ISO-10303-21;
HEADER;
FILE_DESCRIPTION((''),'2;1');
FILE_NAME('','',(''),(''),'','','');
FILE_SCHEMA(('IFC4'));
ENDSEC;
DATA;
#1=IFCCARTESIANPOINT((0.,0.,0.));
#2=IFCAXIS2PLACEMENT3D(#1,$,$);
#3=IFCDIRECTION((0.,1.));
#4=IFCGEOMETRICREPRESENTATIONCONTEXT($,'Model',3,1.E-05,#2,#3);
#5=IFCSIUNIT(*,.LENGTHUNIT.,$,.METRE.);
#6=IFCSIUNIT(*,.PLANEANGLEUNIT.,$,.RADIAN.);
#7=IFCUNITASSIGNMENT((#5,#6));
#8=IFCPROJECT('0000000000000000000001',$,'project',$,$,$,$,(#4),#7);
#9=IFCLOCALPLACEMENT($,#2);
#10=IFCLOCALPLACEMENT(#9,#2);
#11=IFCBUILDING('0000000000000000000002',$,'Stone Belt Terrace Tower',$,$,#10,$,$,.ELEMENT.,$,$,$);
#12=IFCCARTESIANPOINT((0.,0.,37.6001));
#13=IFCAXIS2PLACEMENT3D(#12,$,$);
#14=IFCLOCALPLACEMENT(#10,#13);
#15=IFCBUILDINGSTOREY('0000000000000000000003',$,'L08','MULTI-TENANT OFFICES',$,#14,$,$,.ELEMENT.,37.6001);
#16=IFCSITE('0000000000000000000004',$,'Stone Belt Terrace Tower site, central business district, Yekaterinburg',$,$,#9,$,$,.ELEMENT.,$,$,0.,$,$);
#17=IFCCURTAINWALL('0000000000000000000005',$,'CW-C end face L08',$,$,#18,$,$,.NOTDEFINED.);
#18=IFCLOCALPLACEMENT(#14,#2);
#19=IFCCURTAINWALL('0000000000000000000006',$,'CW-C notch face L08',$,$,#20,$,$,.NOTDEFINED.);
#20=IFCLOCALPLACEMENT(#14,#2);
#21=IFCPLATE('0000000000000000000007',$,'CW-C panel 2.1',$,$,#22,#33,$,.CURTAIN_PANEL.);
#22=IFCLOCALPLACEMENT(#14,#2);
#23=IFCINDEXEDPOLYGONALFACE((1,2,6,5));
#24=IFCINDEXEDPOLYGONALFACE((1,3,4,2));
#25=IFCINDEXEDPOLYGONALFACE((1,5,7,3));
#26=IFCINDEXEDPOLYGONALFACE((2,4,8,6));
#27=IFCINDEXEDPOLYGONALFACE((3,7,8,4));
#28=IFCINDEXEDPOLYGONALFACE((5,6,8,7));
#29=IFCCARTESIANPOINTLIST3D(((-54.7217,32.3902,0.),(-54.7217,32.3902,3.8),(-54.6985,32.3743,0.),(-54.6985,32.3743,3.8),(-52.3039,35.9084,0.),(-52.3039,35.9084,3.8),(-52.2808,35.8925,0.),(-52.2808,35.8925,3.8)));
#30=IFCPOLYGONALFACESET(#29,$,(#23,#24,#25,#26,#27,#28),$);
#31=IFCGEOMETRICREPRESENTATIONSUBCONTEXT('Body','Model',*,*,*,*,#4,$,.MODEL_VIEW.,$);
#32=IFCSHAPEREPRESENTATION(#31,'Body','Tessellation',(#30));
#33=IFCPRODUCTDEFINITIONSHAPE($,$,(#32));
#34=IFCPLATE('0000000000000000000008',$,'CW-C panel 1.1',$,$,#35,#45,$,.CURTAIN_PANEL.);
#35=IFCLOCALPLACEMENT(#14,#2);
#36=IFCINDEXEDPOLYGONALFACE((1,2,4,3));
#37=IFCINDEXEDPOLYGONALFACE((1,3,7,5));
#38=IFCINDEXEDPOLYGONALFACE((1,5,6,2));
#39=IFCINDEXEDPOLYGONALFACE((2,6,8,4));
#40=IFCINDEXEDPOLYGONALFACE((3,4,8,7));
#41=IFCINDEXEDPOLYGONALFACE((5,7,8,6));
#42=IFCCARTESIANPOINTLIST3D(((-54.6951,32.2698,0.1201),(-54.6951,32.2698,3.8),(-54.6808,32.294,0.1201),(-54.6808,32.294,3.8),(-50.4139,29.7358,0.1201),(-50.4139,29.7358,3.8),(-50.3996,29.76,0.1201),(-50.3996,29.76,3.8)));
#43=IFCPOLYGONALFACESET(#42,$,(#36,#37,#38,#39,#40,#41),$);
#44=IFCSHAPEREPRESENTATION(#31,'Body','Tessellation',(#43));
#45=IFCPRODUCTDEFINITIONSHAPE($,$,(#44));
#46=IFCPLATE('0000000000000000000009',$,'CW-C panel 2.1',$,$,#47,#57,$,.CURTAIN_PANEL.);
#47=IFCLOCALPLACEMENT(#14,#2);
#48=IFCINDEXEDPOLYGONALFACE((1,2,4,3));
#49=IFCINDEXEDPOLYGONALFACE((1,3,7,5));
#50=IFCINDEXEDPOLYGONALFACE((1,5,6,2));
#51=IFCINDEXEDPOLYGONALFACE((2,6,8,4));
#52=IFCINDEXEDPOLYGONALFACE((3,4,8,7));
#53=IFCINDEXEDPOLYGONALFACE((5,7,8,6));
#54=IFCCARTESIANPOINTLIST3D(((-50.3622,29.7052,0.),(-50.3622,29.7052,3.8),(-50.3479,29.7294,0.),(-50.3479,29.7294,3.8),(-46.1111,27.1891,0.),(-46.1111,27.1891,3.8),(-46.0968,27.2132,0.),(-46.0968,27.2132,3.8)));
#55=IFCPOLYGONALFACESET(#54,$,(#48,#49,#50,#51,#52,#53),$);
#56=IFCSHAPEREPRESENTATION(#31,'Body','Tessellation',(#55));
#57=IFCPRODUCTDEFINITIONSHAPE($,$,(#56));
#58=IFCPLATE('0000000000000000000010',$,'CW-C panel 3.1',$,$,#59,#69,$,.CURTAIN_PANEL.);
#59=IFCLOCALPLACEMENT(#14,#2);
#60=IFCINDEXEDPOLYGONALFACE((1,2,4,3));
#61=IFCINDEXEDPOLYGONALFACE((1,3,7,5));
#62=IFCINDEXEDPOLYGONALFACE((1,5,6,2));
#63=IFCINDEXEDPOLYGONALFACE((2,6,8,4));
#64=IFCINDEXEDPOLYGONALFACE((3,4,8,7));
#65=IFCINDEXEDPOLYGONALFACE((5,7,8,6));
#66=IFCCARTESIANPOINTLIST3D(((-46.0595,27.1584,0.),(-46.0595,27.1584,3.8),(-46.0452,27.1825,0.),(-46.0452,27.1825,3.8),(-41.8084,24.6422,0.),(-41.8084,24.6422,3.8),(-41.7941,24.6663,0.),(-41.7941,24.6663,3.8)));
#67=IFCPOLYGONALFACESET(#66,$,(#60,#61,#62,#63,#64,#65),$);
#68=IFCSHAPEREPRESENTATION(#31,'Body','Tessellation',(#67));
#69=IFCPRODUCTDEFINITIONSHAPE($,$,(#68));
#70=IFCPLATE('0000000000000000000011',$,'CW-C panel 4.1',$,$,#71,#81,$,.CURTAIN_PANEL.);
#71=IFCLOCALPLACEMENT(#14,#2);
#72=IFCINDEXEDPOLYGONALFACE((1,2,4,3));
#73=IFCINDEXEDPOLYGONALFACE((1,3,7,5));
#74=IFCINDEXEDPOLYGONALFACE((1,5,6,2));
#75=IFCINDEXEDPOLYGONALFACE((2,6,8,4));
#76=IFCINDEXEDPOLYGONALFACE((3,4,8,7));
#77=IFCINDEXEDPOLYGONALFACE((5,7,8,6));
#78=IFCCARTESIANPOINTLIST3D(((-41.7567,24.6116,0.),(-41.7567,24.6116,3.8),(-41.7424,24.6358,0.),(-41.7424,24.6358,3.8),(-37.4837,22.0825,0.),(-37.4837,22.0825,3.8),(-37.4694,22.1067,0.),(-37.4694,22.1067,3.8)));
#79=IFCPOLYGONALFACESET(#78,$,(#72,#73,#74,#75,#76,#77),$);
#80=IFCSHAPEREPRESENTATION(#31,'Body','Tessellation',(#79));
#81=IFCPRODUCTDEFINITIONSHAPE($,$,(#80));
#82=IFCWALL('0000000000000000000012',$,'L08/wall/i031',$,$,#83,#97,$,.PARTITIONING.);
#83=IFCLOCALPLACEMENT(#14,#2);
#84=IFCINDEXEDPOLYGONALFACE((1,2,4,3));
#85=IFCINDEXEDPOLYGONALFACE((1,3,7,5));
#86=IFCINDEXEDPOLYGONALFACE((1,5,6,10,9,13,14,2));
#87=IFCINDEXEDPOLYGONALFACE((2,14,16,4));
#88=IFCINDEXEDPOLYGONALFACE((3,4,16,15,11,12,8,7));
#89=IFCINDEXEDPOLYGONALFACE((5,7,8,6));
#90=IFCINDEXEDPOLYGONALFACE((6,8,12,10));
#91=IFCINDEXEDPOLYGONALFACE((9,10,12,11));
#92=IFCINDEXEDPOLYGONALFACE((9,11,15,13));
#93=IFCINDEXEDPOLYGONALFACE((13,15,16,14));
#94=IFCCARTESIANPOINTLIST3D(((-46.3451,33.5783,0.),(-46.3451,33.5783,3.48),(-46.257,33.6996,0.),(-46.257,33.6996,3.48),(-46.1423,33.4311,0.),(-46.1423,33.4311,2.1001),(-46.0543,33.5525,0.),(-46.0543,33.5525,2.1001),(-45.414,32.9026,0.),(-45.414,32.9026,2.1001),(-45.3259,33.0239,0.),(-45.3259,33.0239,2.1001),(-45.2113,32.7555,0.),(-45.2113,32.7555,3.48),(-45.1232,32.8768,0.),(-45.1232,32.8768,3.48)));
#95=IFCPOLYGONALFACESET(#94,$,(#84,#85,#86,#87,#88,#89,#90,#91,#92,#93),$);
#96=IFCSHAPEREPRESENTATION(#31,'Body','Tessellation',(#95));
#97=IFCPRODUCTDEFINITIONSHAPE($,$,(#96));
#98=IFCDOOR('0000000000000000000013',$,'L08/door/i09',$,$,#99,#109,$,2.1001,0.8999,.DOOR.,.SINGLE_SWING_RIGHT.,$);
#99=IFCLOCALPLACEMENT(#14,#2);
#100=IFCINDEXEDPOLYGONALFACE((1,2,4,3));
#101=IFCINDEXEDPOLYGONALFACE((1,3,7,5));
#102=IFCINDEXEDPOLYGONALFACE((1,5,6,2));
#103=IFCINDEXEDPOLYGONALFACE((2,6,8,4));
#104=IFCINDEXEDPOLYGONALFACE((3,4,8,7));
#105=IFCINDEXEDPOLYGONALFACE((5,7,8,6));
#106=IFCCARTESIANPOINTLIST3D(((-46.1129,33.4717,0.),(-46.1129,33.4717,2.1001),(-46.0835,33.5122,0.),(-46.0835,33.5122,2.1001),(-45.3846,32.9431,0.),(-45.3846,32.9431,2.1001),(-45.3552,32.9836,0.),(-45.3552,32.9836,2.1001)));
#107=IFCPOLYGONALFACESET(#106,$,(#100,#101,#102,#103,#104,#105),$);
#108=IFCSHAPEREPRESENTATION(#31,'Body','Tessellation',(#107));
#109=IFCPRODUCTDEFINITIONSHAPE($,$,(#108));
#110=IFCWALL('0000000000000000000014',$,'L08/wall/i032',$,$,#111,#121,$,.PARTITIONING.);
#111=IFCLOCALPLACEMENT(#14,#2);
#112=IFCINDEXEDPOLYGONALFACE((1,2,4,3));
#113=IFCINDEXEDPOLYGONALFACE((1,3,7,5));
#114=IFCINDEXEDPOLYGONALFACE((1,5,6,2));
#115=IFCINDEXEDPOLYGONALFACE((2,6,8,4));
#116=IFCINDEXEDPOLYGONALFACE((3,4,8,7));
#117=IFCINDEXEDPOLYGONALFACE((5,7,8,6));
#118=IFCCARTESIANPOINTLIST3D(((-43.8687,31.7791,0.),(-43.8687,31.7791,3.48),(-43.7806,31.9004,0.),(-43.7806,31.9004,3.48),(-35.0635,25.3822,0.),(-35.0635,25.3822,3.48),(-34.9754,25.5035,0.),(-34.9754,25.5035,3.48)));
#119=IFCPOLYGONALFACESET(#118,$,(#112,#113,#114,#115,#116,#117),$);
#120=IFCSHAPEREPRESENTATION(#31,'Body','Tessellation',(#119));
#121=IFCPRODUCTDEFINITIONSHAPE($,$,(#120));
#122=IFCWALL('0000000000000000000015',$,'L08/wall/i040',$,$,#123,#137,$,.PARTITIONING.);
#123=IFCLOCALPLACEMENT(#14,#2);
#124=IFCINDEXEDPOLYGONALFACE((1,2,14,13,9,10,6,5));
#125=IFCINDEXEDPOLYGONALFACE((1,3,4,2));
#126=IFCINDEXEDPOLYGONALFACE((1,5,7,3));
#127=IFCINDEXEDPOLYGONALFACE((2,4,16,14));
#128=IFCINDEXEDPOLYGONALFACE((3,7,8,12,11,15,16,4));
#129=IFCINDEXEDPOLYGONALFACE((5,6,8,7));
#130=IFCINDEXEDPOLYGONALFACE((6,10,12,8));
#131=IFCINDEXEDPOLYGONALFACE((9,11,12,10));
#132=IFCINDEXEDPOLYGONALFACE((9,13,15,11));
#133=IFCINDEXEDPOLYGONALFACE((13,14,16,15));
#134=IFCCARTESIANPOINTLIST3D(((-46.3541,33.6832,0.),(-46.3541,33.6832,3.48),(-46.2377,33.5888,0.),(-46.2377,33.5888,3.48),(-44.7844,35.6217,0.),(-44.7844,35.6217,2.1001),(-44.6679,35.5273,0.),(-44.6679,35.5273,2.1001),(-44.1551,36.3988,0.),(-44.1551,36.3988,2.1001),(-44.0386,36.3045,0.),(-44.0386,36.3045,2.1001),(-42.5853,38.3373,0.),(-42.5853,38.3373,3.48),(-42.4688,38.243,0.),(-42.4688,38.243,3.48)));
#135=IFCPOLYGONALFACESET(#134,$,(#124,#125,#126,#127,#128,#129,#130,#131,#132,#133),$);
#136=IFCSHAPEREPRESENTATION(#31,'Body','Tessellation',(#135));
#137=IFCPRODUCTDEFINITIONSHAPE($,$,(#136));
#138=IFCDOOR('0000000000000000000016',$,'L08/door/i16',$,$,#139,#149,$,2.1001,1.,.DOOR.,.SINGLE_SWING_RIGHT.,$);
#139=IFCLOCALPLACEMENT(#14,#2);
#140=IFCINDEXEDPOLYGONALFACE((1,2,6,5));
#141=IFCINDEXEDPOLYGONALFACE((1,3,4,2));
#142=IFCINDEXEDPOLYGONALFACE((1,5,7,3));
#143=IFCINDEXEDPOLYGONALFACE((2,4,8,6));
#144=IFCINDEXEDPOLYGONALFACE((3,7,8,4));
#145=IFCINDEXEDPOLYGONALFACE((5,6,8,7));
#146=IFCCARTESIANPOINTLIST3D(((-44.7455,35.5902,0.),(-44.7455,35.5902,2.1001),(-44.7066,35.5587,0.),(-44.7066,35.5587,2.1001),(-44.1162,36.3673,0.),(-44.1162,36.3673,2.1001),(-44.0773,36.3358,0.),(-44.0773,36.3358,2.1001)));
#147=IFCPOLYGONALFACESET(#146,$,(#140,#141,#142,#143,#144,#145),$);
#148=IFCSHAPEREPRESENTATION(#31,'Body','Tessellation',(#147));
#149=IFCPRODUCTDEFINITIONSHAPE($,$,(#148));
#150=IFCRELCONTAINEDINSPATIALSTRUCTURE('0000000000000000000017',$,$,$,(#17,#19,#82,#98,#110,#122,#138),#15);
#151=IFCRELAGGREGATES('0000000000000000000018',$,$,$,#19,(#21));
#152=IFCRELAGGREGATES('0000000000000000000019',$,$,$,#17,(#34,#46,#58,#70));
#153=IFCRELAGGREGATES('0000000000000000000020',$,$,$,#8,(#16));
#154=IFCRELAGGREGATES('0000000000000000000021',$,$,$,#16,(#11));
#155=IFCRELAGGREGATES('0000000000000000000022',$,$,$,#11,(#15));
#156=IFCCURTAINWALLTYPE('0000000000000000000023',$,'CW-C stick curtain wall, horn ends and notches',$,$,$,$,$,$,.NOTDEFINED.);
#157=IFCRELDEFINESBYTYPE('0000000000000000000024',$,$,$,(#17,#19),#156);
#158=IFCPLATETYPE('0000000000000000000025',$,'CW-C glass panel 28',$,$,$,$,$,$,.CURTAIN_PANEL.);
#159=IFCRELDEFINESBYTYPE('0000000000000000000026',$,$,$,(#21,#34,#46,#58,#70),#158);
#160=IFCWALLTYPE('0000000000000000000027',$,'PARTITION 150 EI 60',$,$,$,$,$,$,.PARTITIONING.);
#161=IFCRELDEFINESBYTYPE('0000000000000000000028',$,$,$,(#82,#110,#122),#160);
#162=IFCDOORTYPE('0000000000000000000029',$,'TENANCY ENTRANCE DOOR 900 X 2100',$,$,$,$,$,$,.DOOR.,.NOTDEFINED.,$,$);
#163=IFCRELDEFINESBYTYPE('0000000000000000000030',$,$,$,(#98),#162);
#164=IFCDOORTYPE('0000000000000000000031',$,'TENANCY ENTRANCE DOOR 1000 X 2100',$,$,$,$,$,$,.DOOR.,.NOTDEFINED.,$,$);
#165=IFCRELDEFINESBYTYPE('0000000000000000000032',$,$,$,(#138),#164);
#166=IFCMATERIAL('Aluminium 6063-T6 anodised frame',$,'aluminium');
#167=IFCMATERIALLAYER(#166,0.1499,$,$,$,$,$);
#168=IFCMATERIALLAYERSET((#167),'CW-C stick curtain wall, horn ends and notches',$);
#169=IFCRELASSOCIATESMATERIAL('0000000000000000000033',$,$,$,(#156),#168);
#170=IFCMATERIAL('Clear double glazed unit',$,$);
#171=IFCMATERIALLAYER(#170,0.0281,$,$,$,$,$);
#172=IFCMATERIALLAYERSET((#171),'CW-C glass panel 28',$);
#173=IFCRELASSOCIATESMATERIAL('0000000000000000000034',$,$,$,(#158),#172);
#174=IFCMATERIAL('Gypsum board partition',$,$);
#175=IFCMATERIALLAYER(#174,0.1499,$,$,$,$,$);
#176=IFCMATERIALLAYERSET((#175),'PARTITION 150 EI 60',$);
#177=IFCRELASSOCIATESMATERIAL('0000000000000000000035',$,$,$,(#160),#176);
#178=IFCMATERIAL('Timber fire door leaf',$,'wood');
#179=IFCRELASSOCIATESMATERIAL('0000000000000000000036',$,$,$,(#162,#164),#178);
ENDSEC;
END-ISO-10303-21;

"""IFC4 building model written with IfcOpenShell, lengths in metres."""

from ifc_helpers import new_model, si_unit, direction, frame, frame_2d, origin, origin_2d, place, context, subcontext, project, spatial, rectangle, extrude, material, layer, layer_set, type_object, element, fill, aggregate, save


model = new_model("IFC4")

# Units and contexts
model_context = context("Model", 3, precision=1e-05, world=origin(), true_north=direction((0.0, 1.0)))
body_context = subcontext(model_context, "Body", "Model", "MODEL_VIEW")
ifc_project = project(units=[si_unit("LENGTHUNIT", "METRE"), si_unit("PLANEANGLEUNIT", "RADIAN")], contexts=[model_context])

# Site, building, storey
site_placement = place(None, origin())
site = spatial("IfcSite", under=ifc_project, at=site_placement, Name="Stone Belt Terrace Tower site, central business district, Yekaterinburg", CompositionType="ELEMENT", RefElevation=0.0)
building_placement = place(site_placement, origin())
building = spatial("IfcBuilding", under=site, at=building_placement, Name="Stone Belt Terrace Tower", CompositionType="ELEMENT")
storey_placement = place(building_placement, frame((0.0, 0.0, 37.6001)))
storey = spatial("IfcBuildingStorey", under=building, at=storey_placement, Name="L08", Description="MULTI-TENANT OFFICES", CompositionType="ELEMENT", Elevation=37.6001)

# Curtain wall
ifc_material_1 = material(Name="Aluminium 6063-T6 anodised frame", Category="aluminium")
ifc_layer_1 = layer(ifc_material_1, 0.1499)
ifc_layer_set_1 = layer_set([ifc_layer_1], Name="CW-C stick curtain wall, horn ends and notches")
curtain_wall_type_1 = type_object("IfcCurtainWallType", Name="CW-C stick curtain wall, horn ends and notches", PredefinedType="NOTDEFINED", material=ifc_layer_set_1)
curtain_wall_1_placement = place(storey_placement, origin())
curtain_wall_1 = element("IfcCurtainWall", 1, at=curtain_wall_1_placement, inside=storey, type_object=curtain_wall_type_1, Name="CW-C end face L08", PredefinedType="NOTDEFINED")

# Curtain wall, plate
curtain_wall_2_placement = place(storey_placement, origin())
curtain_wall_2 = element("IfcCurtainWall", 2, at=curtain_wall_2_placement, inside=storey, type_object=curtain_wall_type_1, Name="CW-C notch face L08", PredefinedType="NOTDEFINED")
ifc_material_2 = material(Name="Clear double glazed unit")
ifc_layer_2 = layer(ifc_material_2, 0.0281)
ifc_layer_set_2 = layer_set([ifc_layer_2], Name="CW-C glass panel 28")
plate_type = type_object("IfcPlateType", Name="CW-C glass panel 28", PredefinedType="CURTAIN_PANEL", material=ifc_layer_set_2)
plate_1_placement = place(storey_placement, frame((-53.5012, 34.1414, 0.0), z_axis=(0.0, 0.0, 1.0), x_axis=(-0.566376, -0.824147, 0.0)))
plate_1 = element("IfcPlate", 3, at=plate_1_placement, type_object=plate_type, Name="CW-C panel 2.1", PredefinedType="CURTAIN_PANEL", context=body_context, shape_type="SweptSolid", body=[
    extrude(rectangle(XDim=4.2688, YDim=0.0281, at=origin_2d()), origin(), (0.0, 0.0, 1.0), 3.8),
])
aggregate(curtain_wall_2, [plate_1])

# Plates
plate_2_placement = place(storey_placement, frame((-52.5474, 31.0149, 0.1201), z_axis=(0.0, 0.0, 1.0), x_axis=(0.860558, -0.509353, 0.0)))
plate_2 = element("IfcPlate", 4, at=plate_2_placement, type_object=plate_type, Name="CW-C panel 1.1", PredefinedType="CURTAIN_PANEL", context=body_context, shape_type="SweptSolid", body=[
    extrude(rectangle(XDim=4.9749, YDim=0.0281, at=origin_2d()), origin(), (0.0, 0.0, 1.0), 3.6799),
])
plate_3_placement = place(storey_placement, frame((-48.2295, 28.4592, 0.0), z_axis=(0.0, 0.0, 1.0), x_axis=(0.860558, -0.509353, 0.0)))
plate_3 = element("IfcPlate", 5, at=plate_3_placement, type_object=plate_type, Name="CW-C panel 2.1", PredefinedType="CURTAIN_PANEL", context=body_context, shape_type="SweptSolid", body=[
    extrude(rectangle(XDim=4.9399, YDim=0.0281, at=origin_2d()), origin(), (0.0, 0.0, 1.0), 3.8),
])
plate_4_placement = place(storey_placement, frame((-43.9268, 25.9124, 0.0), z_axis=(0.0, 0.0, 1.0), x_axis=(0.860558, -0.509353, 0.0)))
plate_4 = element("IfcPlate", 6, at=plate_4_placement, type_object=plate_type, Name="CW-C panel 3.1", PredefinedType="CURTAIN_PANEL", context=body_context, shape_type="SweptSolid", body=[
    extrude(rectangle(XDim=4.9399, YDim=0.0281, at=origin_2d()), origin(), (0.0, 0.0, 1.0), 3.8),
])
plate_5_placement = place(storey_placement, frame((-39.613, 23.3591, 0.0), z_axis=(0.0, 0.0, 1.0), x_axis=(0.860558, -0.509353, 0.0)))
plate_5 = element("IfcPlate", 7, at=plate_5_placement, type_object=plate_type, Name="CW-C panel 4.1", PredefinedType="CURTAIN_PANEL", context=body_context, shape_type="SweptSolid", body=[
    extrude(rectangle(XDim=4.9653, YDim=0.0281, at=origin_2d()), origin(), (0.0, 0.0, 1.0), 3.8),
])
aggregate(curtain_wall_1, [plate_2, plate_3, plate_4, plate_5])

# Wall, opening, door
ifc_material_3 = material(Name="Gypsum board partition")
ifc_layer_3 = layer(ifc_material_3, 0.1499)
ifc_layer_set_3 = layer_set([ifc_layer_3], Name="PARTITION 150 EI 60")
wall_type = type_object("IfcWallType", Name="PARTITION 150 EI 60", PredefinedType="PARTITIONING", material=ifc_layer_set_3)
wall_1_placement = place(storey_placement, frame((-45.1672, 32.8162, 0.0), z_axis=(0.0, 0.0, 1.0), x_axis=(-0.809354, 0.587322, 0.0)))
wall_1 = element("IfcWall", 8, at=wall_1_placement, inside=storey, type_object=wall_type, Name="L08/wall/i031", PredefinedType="PARTITIONING", context=body_context, shape_type="SweptSolid", body=[
    extrude(rectangle(XDim=1.4009, YDim=0.1499, at=frame_2d((0.7004, 0.0))), origin(), (0.0, 0.0, 1.0), 3.48),
])
opening_1_placement = place(wall_1_placement, frame((0.2505, 0.0, 0.0)))
opening_1 = element("IfcOpeningElement", 9, at=opening_1_placement, cuts=wall_1, PredefinedType="OPENING", context=body_context, shape_type="SweptSolid", body=[
    extrude(rectangle(XDim=0.8999, YDim=2.1001, at=frame_2d((0.45, 1.05))), frame((0.0, 0.085, 0.0), z_axis=(0.0, -1.0, 0.0), x_axis=(1.0, 0.0, 0.0)), (0.0, 0.0, 1.0), 0.1699),
])
ifc_material_4 = material(Name="Timber fire door leaf", Category="wood")
door_type_1 = type_object("IfcDoorType", Name="TENANCY ENTRANCE DOOR 900 X 2100", OperationType="NOTDEFINED", PredefinedType="DOOR", material=ifc_material_4)
door_1_placement = place(opening_1_placement, origin())
door_1 = element("IfcDoor", 10, at=door_1_placement, inside=storey, type_object=door_type_1, Name="L08/door/i09", OperationType="SINGLE_SWING_RIGHT", OverallHeight=2.1001, OverallWidth=0.8999, PredefinedType="DOOR", context=body_context, shape_type="SweptSolid", body=[
    extrude(rectangle(XDim=0.8999, YDim=2.1001, at=frame_2d((0.45, 1.05))), frame((0.0, 0.0249, 0.0), z_axis=(0.0, -1.0, 0.0), x_axis=(1.0, 0.0, 0.0)), (0.0, 0.0, 1.0), 0.05),
])
fill(opening_1, door_1)

# Wall
wall_2_placement = place(storey_placement, frame((-43.8247, 31.8398, 0.0), z_axis=(0.0, 0.0, 1.0), x_axis=(0.809033, -0.587763, 0.0)))
element("IfcWall", 11, at=wall_2_placement, inside=storey, type_object=wall_type, Name="L08/wall/i032", PredefinedType="PARTITIONING", context=body_context, shape_type="SweptSolid", body=[
    extrude(rectangle(XDim=10.8835, YDim=0.1499, at=frame_2d((5.4419, 0.0))), origin(), (0.0, 0.0, 1.0), 3.48),
])

# Wall, opening, door
wall_3_placement = place(storey_placement, frame((-46.2959, 33.636, 0.0), z_axis=(0.0, 0.0, 1.0), x_axis=(0.629323, 0.777144, 0.0)))
wall_3 = element("IfcWall", 12, at=wall_3_placement, inside=storey, type_object=wall_type, Name="L08/wall/i040", PredefinedType="PARTITIONING", context=body_context, shape_type="SweptSolid", body=[
    extrude(rectangle(XDim=5.9888, YDim=0.1499, at=frame_2d((2.9944, 0.0))), origin(), (0.0, 0.0, 1.0), 3.48),
])
opening_2_placement = place(wall_3_placement, frame((2.4944, 0.0, 0.0)))
opening_2 = element("IfcOpeningElement", 13, at=opening_2_placement, cuts=wall_3, PredefinedType="OPENING", context=body_context, shape_type="SweptSolid", body=[
    extrude(rectangle(XDim=1.0, YDim=2.1001, at=frame_2d((0.5, 1.05))), frame((0.0, 0.085, 0.0), z_axis=(0.0, -1.0, 0.0), x_axis=(1.0, 0.0, 0.0)), (0.0, 0.0, 1.0), 0.1699),
])
door_type_2 = type_object("IfcDoorType", Name="TENANCY ENTRANCE DOOR 1000 X 2100", OperationType="NOTDEFINED", PredefinedType="DOOR", material=ifc_material_4)
door_2_placement = place(opening_2_placement, origin())
door_2 = element("IfcDoor", 14, at=door_2_placement, inside=storey, type_object=door_type_2, Name="L08/door/i16", OperationType="SINGLE_SWING_RIGHT", OverallHeight=2.1001, OverallWidth=1.0, PredefinedType="DOOR", context=body_context, shape_type="SweptSolid", body=[
    extrude(rectangle(XDim=1.0, YDim=2.1001, at=frame_2d((0.5, 1.05))), frame((0.0, 0.0249, 0.0), z_axis=(0.0, -1.0, 0.0), x_axis=(1.0, 0.0, 0.0)), (0.0, 0.0, 1.0), 0.05),
])
fill(opening_2, door_2)

save(model, "model.ifc")
